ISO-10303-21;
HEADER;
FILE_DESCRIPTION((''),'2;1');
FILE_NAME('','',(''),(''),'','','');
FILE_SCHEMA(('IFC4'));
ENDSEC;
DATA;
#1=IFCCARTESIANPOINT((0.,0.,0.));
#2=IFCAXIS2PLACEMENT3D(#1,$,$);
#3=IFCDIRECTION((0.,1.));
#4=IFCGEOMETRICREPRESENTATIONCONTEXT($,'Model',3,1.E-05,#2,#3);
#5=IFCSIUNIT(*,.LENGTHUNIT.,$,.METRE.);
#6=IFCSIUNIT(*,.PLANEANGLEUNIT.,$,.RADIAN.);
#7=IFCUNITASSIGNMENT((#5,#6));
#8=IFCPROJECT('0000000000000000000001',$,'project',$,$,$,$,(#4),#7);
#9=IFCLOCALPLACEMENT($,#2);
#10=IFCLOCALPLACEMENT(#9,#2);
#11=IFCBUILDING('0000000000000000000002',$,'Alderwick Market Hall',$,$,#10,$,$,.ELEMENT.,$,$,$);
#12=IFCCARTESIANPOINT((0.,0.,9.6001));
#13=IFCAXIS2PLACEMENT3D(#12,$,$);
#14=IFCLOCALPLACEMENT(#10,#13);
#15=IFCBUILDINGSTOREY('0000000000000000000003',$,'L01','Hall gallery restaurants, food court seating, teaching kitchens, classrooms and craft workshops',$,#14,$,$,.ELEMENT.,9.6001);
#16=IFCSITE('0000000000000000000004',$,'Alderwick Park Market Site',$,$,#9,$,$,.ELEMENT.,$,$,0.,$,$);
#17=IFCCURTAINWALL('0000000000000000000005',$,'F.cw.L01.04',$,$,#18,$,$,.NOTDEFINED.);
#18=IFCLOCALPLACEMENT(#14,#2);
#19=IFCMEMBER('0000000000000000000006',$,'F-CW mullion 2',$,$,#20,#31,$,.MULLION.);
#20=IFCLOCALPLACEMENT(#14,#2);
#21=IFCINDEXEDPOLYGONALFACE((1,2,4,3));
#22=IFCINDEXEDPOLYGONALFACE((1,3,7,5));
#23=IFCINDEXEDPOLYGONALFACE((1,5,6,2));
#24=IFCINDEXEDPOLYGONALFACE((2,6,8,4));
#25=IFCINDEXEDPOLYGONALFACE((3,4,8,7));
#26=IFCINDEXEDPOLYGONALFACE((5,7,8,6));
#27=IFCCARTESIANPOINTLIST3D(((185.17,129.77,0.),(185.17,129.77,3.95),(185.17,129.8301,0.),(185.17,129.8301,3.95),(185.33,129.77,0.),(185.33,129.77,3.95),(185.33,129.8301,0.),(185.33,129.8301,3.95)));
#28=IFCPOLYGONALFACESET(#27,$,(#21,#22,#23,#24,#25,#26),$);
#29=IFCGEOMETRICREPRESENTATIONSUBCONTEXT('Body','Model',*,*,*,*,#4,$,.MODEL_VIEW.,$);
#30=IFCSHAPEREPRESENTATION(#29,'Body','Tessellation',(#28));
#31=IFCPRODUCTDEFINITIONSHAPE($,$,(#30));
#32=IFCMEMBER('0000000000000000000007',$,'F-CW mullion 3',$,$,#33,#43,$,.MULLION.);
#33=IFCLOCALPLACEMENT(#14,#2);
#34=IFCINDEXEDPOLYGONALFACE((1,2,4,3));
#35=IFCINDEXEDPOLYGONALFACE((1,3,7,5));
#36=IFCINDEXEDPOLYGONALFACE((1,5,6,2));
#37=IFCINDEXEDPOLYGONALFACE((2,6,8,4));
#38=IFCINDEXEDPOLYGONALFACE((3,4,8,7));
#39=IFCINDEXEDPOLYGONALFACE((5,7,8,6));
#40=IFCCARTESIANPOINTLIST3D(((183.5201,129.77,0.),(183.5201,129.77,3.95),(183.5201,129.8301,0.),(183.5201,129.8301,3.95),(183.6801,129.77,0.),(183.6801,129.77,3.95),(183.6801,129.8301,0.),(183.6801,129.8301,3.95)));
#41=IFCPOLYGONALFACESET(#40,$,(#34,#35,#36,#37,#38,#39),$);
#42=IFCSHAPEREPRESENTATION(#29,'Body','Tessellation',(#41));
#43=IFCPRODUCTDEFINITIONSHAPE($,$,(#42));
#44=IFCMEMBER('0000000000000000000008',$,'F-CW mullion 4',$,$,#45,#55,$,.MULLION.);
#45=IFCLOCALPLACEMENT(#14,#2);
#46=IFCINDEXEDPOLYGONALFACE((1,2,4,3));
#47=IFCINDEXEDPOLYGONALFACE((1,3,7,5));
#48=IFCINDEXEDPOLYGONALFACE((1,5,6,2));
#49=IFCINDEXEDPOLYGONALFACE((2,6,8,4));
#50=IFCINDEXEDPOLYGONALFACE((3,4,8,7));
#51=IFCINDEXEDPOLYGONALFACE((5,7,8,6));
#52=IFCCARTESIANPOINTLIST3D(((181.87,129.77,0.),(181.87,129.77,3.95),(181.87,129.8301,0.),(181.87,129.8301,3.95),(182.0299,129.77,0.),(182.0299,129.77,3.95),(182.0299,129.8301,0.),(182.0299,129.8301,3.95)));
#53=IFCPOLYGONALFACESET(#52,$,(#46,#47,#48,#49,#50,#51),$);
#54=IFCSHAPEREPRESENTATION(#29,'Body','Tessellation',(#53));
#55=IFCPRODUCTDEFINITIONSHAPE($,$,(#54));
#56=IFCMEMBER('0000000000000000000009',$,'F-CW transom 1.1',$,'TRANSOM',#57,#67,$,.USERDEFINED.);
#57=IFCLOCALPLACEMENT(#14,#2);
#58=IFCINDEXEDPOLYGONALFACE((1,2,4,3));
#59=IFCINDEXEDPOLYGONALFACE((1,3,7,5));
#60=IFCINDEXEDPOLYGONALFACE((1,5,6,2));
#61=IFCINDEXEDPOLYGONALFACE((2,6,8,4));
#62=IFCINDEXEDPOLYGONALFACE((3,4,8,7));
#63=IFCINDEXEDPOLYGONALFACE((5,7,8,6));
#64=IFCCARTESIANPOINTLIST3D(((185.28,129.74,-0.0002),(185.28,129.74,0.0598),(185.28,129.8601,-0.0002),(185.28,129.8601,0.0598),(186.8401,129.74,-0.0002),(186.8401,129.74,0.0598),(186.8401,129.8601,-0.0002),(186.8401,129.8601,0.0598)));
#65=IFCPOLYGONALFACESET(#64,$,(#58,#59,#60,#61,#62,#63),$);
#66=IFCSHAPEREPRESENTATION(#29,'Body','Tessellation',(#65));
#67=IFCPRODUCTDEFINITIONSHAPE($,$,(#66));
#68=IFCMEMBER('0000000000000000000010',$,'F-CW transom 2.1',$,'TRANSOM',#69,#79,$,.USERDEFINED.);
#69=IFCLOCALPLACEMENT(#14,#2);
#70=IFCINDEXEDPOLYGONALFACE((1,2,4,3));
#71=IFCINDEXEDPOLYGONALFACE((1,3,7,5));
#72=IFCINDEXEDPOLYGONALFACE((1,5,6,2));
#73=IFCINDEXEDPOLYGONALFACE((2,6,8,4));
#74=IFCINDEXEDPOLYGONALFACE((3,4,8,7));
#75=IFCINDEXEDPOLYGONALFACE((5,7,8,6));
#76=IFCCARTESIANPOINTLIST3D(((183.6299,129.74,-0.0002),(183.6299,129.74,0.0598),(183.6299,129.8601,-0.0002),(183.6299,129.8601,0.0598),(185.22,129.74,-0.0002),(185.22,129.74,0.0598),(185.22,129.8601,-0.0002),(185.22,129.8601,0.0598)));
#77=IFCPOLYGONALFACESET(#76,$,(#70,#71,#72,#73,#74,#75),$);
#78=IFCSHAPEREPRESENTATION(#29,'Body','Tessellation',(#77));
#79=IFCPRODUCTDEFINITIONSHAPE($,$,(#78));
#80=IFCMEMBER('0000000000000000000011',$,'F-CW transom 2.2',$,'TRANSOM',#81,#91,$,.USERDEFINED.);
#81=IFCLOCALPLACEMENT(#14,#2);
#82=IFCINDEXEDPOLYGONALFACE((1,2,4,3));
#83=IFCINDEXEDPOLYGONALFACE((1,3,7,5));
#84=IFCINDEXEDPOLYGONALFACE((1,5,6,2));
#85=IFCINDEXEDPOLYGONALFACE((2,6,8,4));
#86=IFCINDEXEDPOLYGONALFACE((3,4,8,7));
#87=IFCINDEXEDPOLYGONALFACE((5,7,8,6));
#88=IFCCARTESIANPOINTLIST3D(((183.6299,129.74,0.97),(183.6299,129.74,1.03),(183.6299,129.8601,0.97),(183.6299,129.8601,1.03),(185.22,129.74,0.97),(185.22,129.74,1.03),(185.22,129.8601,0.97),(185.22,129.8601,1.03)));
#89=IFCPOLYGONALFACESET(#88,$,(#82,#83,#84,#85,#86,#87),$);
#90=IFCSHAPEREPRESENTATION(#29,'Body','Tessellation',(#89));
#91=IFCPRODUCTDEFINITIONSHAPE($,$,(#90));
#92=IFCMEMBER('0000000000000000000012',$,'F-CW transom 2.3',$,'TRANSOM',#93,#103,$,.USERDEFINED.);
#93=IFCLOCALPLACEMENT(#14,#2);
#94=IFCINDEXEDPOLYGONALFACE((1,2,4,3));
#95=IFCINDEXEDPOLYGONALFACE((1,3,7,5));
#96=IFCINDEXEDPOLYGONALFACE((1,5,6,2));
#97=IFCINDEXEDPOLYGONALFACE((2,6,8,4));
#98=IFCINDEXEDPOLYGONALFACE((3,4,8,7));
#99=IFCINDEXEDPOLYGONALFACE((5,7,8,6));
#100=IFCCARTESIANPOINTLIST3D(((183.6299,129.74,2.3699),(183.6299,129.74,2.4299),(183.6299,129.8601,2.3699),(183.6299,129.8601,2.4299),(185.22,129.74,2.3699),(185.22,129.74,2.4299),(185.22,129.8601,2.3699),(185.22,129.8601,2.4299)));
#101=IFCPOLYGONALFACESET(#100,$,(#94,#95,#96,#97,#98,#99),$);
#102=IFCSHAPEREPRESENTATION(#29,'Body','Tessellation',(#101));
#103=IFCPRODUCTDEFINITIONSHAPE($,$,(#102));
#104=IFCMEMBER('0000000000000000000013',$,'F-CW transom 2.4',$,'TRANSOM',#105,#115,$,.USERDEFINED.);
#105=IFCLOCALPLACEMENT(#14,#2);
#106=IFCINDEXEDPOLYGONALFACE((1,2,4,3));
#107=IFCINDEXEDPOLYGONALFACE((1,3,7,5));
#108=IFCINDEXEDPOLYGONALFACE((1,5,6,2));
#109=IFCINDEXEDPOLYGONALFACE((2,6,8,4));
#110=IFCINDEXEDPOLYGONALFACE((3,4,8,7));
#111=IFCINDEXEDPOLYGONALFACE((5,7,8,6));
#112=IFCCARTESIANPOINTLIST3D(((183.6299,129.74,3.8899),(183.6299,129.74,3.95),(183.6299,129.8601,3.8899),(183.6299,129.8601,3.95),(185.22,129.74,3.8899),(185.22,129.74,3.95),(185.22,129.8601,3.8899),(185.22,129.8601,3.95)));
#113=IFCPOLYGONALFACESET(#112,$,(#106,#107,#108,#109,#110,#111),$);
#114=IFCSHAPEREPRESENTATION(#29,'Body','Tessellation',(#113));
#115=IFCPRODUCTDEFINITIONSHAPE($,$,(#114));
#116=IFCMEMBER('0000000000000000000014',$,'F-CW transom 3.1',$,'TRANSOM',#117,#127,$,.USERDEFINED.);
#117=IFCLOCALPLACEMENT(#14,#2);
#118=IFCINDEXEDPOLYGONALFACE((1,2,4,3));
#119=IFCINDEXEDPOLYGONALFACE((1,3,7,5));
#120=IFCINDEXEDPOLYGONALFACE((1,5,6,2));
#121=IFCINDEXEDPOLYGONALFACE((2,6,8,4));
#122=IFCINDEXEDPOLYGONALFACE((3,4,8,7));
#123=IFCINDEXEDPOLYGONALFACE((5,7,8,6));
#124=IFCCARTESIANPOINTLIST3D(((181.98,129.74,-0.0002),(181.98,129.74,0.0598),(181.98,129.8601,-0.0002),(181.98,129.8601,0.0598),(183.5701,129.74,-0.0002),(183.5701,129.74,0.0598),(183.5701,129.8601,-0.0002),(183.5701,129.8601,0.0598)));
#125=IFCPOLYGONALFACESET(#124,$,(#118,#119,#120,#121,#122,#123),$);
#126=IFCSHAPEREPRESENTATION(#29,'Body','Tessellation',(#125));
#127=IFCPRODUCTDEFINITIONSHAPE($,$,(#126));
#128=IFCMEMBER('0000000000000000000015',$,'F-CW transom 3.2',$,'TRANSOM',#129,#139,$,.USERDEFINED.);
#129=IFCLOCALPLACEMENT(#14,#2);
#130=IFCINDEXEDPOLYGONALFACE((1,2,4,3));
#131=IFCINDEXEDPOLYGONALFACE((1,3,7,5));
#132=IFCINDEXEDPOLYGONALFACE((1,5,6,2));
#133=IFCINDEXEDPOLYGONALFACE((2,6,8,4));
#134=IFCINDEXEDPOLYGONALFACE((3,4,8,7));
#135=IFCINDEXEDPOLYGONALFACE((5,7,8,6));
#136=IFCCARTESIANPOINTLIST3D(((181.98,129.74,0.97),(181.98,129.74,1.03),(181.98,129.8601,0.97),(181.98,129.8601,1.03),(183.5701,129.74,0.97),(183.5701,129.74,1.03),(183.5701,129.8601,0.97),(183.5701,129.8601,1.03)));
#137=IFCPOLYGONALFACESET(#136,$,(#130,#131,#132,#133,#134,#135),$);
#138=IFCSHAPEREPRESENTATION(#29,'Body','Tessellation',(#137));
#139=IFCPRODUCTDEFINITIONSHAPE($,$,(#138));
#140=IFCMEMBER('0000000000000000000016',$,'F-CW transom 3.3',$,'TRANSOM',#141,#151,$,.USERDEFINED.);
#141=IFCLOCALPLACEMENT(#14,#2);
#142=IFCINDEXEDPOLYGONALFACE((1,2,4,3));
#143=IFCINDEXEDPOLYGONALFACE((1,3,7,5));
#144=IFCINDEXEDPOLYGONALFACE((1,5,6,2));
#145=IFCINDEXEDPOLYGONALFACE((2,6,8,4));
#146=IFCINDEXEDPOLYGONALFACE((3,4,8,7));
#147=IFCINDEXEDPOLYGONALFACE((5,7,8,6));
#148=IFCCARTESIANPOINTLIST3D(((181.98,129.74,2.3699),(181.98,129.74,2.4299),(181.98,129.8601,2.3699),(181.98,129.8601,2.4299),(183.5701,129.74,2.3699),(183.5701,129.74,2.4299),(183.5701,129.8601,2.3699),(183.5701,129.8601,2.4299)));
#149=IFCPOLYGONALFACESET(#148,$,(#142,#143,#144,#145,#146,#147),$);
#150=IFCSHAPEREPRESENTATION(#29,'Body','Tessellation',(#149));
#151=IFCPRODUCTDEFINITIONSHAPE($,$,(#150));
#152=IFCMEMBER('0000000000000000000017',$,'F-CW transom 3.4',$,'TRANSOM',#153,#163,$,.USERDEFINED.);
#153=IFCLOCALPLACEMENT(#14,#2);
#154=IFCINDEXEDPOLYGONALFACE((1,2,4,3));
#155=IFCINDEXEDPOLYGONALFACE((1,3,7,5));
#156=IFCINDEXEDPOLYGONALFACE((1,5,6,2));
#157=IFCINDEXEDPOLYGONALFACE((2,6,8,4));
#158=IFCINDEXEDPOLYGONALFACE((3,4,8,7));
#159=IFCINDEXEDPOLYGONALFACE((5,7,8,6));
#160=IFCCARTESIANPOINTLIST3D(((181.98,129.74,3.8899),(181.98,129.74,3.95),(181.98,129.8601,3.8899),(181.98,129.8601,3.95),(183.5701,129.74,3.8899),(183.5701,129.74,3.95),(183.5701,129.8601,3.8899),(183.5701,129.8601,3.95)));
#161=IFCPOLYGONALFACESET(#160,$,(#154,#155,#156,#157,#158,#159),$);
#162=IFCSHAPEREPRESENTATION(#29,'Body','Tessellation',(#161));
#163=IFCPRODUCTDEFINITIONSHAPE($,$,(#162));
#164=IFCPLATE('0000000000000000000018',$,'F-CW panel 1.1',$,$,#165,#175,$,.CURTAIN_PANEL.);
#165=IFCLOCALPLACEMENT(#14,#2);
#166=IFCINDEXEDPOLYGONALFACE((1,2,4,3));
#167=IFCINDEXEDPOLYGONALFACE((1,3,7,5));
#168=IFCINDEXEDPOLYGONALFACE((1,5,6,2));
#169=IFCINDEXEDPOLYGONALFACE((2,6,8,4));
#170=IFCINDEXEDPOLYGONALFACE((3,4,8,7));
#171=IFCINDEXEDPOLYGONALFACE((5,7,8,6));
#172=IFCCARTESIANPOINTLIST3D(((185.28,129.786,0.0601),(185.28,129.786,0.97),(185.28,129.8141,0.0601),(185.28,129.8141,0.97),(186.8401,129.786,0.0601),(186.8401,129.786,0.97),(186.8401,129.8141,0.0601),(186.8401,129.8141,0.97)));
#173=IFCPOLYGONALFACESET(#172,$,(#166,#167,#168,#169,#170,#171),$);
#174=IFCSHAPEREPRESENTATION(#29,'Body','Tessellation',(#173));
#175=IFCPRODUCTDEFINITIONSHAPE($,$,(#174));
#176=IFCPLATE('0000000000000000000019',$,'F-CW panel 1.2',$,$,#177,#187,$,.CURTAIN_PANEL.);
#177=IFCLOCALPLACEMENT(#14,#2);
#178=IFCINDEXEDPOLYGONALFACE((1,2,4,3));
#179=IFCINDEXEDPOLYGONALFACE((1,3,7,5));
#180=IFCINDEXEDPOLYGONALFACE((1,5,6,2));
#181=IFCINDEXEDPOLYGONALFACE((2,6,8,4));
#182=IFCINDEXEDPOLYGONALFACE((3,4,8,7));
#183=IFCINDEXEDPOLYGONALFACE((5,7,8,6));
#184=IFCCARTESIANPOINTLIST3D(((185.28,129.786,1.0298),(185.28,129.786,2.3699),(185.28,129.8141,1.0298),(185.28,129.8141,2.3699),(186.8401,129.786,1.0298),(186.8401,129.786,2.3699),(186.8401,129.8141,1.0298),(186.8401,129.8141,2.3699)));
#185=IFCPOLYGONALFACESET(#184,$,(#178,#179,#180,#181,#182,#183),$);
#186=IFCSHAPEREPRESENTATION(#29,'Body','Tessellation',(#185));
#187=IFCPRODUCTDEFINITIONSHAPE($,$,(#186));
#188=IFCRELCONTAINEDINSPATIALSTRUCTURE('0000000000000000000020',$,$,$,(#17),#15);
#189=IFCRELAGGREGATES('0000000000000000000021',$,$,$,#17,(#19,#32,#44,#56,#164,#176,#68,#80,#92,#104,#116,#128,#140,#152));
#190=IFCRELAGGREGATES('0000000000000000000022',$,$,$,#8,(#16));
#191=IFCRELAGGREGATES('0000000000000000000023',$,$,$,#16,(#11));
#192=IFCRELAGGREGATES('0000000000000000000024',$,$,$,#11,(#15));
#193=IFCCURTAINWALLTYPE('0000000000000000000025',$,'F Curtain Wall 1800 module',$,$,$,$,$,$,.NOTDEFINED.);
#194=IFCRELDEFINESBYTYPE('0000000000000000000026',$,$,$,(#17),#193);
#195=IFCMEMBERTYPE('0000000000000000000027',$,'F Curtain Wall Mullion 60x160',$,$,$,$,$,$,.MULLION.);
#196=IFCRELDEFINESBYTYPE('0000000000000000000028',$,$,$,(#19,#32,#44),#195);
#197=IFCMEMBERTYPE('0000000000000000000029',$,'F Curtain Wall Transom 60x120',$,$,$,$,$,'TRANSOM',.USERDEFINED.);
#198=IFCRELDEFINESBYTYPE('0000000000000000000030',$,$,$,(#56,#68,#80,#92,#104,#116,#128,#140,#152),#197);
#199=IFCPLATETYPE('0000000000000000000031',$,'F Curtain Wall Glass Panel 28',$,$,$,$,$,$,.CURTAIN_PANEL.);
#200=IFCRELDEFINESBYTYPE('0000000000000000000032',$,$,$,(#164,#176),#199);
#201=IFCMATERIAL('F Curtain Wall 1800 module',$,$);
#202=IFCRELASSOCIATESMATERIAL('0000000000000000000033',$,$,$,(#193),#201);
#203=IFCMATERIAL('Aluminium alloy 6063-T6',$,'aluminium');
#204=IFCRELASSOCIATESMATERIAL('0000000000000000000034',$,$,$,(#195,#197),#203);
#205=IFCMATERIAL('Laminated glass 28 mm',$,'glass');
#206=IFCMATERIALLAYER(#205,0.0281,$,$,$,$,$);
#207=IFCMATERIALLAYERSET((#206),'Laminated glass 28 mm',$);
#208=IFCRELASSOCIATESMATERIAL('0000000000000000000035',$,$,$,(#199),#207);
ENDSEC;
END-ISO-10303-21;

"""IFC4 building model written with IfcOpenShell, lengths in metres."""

from ifc_helpers import new_model, si_unit, direction, frame, origin, origin_2d, place, context, subcontext, project, spatial, rectangle, extrude, material, layer, layer_set, material_profile, profile_set, type_object, element, aggregate, save


model = new_model("IFC4")

# Units and contexts
model_context = context("Model", 3, precision=1e-05, world=origin(), true_north=direction((0.0, 1.0)))
body_context = subcontext(model_context, "Body", "Model", "MODEL_VIEW")
ifc_project = project(units=[si_unit("LENGTHUNIT", "METRE"), si_unit("PLANEANGLEUNIT", "RADIAN")], contexts=[model_context])

# Site, building, storey
site_placement = place(None, origin())
site = spatial("IfcSite", under=ifc_project, at=site_placement, Name="Alderwick Park Market Site", CompositionType="ELEMENT", RefElevation=0.0)
building_placement = place(site_placement, origin())
building = spatial("IfcBuilding", under=site, at=building_placement, Name="Alderwick Market Hall", CompositionType="ELEMENT")
storey_placement = place(building_placement, frame((0.0, 0.0, 9.6001)))
storey = spatial("IfcBuildingStorey", under=building, at=storey_placement, Name="L01", Description="Hall gallery restaurants, food court seating, teaching kitchens, classrooms and craft workshops", CompositionType="ELEMENT", Elevation=9.6001)

# Curtain wall, members, plates
ifc_material_1 = material(Name="F Curtain Wall 1800 module")
curtain_wall_type = type_object("IfcCurtainWallType", Name="F Curtain Wall 1800 module", PredefinedType="NOTDEFINED", material=ifc_material_1)
curtain_wall_placement = place(storey_placement, origin())
curtain_wall = element("IfcCurtainWall", 1, at=curtain_wall_placement, inside=storey, type_object=curtain_wall_type, Name="F.cw.L01.04", PredefinedType="NOTDEFINED")
ifc_material_2 = material(Name="Aluminium alloy 6063-T6", Category="aluminium")
ifc_material_profile_1 = material_profile(ifc_material_2, rectangle(XDim=0.0601, YDim=0.1599, at=origin_2d()), Name="AL 60x160")
ifc_profile_set_1 = profile_set([ifc_material_profile_1], Name="Aluminium alloy 6063-T6")
member_type_1 = type_object("IfcMemberType", Name="F Curtain Wall Mullion 60x160", PredefinedType="MULLION", material=ifc_profile_set_1)
member_1_placement = place(storey_placement, frame((185.25, 129.8, 0.0), z_axis=(0.0, 0.0, 1.0), x_axis=(0.0, -1.0, 0.0)))
member_1 = element("IfcMember", 2, at=member_1_placement, type_object=member_type_1, Name="F-CW mullion 2", PredefinedType="MULLION", context=body_context, shape_type="SweptSolid", body=[
    extrude(rectangle(XDim=0.0601, YDim=0.1599, at=origin_2d()), origin(), (0.0, 0.0, 1.0), 3.95),
])
member_2_placement = place(storey_placement, frame((183.6001, 129.8, 0.0), z_axis=(0.0, 0.0, 1.0), x_axis=(0.0, -1.0, 0.0)))
member_2 = element("IfcMember", 3, at=member_2_placement, type_object=member_type_1, Name="F-CW mullion 3", PredefinedType="MULLION", context=body_context, shape_type="SweptSolid", body=[
    extrude(rectangle(XDim=0.0601, YDim=0.1599, at=origin_2d()), origin(), (0.0, 0.0, 1.0), 3.95),
])
member_3_placement = place(storey_placement, frame((181.95, 129.8, 0.0), z_axis=(0.0, 0.0, 1.0), x_axis=(0.0, -1.0, 0.0)))
member_3 = element("IfcMember", 4, at=member_3_placement, type_object=member_type_1, Name="F-CW mullion 4", PredefinedType="MULLION", context=body_context, shape_type="SweptSolid", body=[
    extrude(rectangle(XDim=0.0601, YDim=0.1599, at=origin_2d()), origin(), (0.0, 0.0, 1.0), 3.95),
])
ifc_material_profile_2 = material_profile(ifc_material_2, rectangle(XDim=0.1201, YDim=0.0601, at=origin_2d()), Name="AL 60x120")
ifc_profile_set_2 = profile_set([ifc_material_profile_2], Name="Aluminium alloy 6063-T6")
member_type_2 = type_object("IfcMemberType", Name="F Curtain Wall Transom 60x120", ElementType="TRANSOM", PredefinedType="USERDEFINED", material=ifc_profile_set_2)
member_4_placement = place(storey_placement, frame((186.8401, 129.8, 0.0298), z_axis=(-1.0, 0.0, 0.0), x_axis=(0.0, -1.0, 0.0)))
member_4 = element("IfcMember", 5, at=member_4_placement, type_object=member_type_2, Name="F-CW transom 1.1", ObjectType="TRANSOM", PredefinedType="USERDEFINED", context=body_context, shape_type="SweptSolid", body=[
    extrude(rectangle(XDim=0.1201, YDim=0.0601, at=origin_2d()), origin(), (0.0, 0.0, 1.0), 1.5601),
])
member_5_placement = place(storey_placement, frame((185.22, 129.8, 0.0298), z_axis=(-1.0, 0.0, 0.0), x_axis=(0.0, -1.0, 0.0)))
member_5 = element("IfcMember", 6, at=member_5_placement, type_object=member_type_2, Name="F-CW transom 2.1", ObjectType="TRANSOM", PredefinedType="USERDEFINED", context=body_context, shape_type="SweptSolid", body=[
    extrude(rectangle(XDim=0.1201, YDim=0.0601, at=origin_2d()), origin(), (0.0, 0.0, 1.0), 1.5901),
])
member_6_placement = place(storey_placement, frame((185.22, 129.8, 1.0), z_axis=(-1.0, 0.0, 0.0), x_axis=(0.0, -1.0, 0.0)))
member_6 = element("IfcMember", 7, at=member_6_placement, type_object=member_type_2, Name="F-CW transom 2.2", ObjectType="TRANSOM", PredefinedType="USERDEFINED", context=body_context, shape_type="SweptSolid", body=[
    extrude(rectangle(XDim=0.1201, YDim=0.0601, at=origin_2d()), origin(), (0.0, 0.0, 1.0), 1.5901),
])
member_7_placement = place(storey_placement, frame((185.22, 129.8, 2.3999), z_axis=(-1.0, 0.0, 0.0), x_axis=(0.0, -1.0, 0.0)))
member_7 = element("IfcMember", 8, at=member_7_placement, type_object=member_type_2, Name="F-CW transom 2.3", ObjectType="TRANSOM", PredefinedType="USERDEFINED", context=body_context, shape_type="SweptSolid", body=[
    extrude(rectangle(XDim=0.1201, YDim=0.0601, at=origin_2d()), origin(), (0.0, 0.0, 1.0), 1.5901),
])
member_8_placement = place(storey_placement, frame((185.22, 129.8, 3.9199), z_axis=(-1.0, 0.0, 0.0), x_axis=(0.0, -1.0, 0.0)))
member_8 = element("IfcMember", 9, at=member_8_placement, type_object=member_type_2, Name="F-CW transom 2.4", ObjectType="TRANSOM", PredefinedType="USERDEFINED", context=body_context, shape_type="SweptSolid", body=[
    extrude(rectangle(XDim=0.1201, YDim=0.0601, at=origin_2d()), origin(), (0.0, 0.0, 1.0), 1.5901),
])
member_9_placement = place(storey_placement, frame((183.5701, 129.8, 0.0298), z_axis=(-1.0, 0.0, 0.0), x_axis=(0.0, -1.0, 0.0)))
member_9 = element("IfcMember", 10, at=member_9_placement, type_object=member_type_2, Name="F-CW transom 3.1", ObjectType="TRANSOM", PredefinedType="USERDEFINED", context=body_context, shape_type="SweptSolid", body=[
    extrude(rectangle(XDim=0.1201, YDim=0.0601, at=origin_2d()), origin(), (0.0, 0.0, 1.0), 1.5901),
])
member_10_placement = place(storey_placement, frame((183.5701, 129.8, 1.0), z_axis=(-1.0, 0.0, 0.0), x_axis=(0.0, -1.0, 0.0)))
member_10 = element("IfcMember", 11, at=member_10_placement, type_object=member_type_2, Name="F-CW transom 3.2", ObjectType="TRANSOM", PredefinedType="USERDEFINED", context=body_context, shape_type="SweptSolid", body=[
    extrude(rectangle(XDim=0.1201, YDim=0.0601, at=origin_2d()), origin(), (0.0, 0.0, 1.0), 1.5901),
])
member_11_placement = place(storey_placement, frame((183.5701, 129.8, 2.3999), z_axis=(-1.0, 0.0, 0.0), x_axis=(0.0, -1.0, 0.0)))
member_11 = element("IfcMember", 12, at=member_11_placement, type_object=member_type_2, Name="F-CW transom 3.3", ObjectType="TRANSOM", PredefinedType="USERDEFINED", context=body_context, shape_type="SweptSolid", body=[
    extrude(rectangle(XDim=0.1201, YDim=0.0601, at=origin_2d()), origin(), (0.0, 0.0, 1.0), 1.5901),
])
member_12_placement = place(storey_placement, frame((183.5701, 129.8, 3.9199), z_axis=(-1.0, 0.0, 0.0), x_axis=(0.0, -1.0, 0.0)))
member_12 = element("IfcMember", 13, at=member_12_placement, type_object=member_type_2, Name="F-CW transom 3.4", ObjectType="TRANSOM", PredefinedType="USERDEFINED", context=body_context, shape_type="SweptSolid", body=[
    extrude(rectangle(XDim=0.1201, YDim=0.0601, at=origin_2d()), origin(), (0.0, 0.0, 1.0), 1.5901),
])
ifc_material_3 = material(Name="Laminated glass 28 mm", Category="glass")
ifc_layer = layer(ifc_material_3, 0.0281)
ifc_layer_set = layer_set([ifc_layer], Name="Laminated glass 28 mm")
plate_type = type_object("IfcPlateType", Name="F Curtain Wall Glass Panel 28", PredefinedType="CURTAIN_PANEL", material=ifc_layer_set)
plate_1_placement = place(storey_placement, frame((186.0601, 129.8, 0.0601), z_axis=(0.0, 0.0, 1.0), x_axis=(-1.0, 0.0, 0.0)))
plate_1 = element("IfcPlate", 14, at=plate_1_placement, type_object=plate_type, Name="F-CW panel 1.1", PredefinedType="CURTAIN_PANEL", context=body_context, shape_type="SweptSolid", body=[
    extrude(rectangle(XDim=1.5601, YDim=0.0281, at=origin_2d()), origin(), (0.0, 0.0, 1.0), 0.9099),
])
plate_2_placement = place(storey_placement, frame((186.0601, 129.8, 1.0298), z_axis=(0.0, 0.0, 1.0), x_axis=(-1.0, 0.0, 0.0)))
plate_2 = element("IfcPlate", 15, at=plate_2_placement, type_object=plate_type, Name="F-CW panel 1.2", PredefinedType="CURTAIN_PANEL", context=body_context, shape_type="SweptSolid", body=[
    extrude(rectangle(XDim=1.5601, YDim=0.0281, at=origin_2d()), origin(), (0.0, 0.0, 1.0), 1.3401),
])
aggregate(curtain_wall, [member_1, member_2, member_3, member_4, plate_1, plate_2, member_5, member_6, member_7, member_8, member_9, member_10, member_11, member_12])

save(model, "model.ifc")
